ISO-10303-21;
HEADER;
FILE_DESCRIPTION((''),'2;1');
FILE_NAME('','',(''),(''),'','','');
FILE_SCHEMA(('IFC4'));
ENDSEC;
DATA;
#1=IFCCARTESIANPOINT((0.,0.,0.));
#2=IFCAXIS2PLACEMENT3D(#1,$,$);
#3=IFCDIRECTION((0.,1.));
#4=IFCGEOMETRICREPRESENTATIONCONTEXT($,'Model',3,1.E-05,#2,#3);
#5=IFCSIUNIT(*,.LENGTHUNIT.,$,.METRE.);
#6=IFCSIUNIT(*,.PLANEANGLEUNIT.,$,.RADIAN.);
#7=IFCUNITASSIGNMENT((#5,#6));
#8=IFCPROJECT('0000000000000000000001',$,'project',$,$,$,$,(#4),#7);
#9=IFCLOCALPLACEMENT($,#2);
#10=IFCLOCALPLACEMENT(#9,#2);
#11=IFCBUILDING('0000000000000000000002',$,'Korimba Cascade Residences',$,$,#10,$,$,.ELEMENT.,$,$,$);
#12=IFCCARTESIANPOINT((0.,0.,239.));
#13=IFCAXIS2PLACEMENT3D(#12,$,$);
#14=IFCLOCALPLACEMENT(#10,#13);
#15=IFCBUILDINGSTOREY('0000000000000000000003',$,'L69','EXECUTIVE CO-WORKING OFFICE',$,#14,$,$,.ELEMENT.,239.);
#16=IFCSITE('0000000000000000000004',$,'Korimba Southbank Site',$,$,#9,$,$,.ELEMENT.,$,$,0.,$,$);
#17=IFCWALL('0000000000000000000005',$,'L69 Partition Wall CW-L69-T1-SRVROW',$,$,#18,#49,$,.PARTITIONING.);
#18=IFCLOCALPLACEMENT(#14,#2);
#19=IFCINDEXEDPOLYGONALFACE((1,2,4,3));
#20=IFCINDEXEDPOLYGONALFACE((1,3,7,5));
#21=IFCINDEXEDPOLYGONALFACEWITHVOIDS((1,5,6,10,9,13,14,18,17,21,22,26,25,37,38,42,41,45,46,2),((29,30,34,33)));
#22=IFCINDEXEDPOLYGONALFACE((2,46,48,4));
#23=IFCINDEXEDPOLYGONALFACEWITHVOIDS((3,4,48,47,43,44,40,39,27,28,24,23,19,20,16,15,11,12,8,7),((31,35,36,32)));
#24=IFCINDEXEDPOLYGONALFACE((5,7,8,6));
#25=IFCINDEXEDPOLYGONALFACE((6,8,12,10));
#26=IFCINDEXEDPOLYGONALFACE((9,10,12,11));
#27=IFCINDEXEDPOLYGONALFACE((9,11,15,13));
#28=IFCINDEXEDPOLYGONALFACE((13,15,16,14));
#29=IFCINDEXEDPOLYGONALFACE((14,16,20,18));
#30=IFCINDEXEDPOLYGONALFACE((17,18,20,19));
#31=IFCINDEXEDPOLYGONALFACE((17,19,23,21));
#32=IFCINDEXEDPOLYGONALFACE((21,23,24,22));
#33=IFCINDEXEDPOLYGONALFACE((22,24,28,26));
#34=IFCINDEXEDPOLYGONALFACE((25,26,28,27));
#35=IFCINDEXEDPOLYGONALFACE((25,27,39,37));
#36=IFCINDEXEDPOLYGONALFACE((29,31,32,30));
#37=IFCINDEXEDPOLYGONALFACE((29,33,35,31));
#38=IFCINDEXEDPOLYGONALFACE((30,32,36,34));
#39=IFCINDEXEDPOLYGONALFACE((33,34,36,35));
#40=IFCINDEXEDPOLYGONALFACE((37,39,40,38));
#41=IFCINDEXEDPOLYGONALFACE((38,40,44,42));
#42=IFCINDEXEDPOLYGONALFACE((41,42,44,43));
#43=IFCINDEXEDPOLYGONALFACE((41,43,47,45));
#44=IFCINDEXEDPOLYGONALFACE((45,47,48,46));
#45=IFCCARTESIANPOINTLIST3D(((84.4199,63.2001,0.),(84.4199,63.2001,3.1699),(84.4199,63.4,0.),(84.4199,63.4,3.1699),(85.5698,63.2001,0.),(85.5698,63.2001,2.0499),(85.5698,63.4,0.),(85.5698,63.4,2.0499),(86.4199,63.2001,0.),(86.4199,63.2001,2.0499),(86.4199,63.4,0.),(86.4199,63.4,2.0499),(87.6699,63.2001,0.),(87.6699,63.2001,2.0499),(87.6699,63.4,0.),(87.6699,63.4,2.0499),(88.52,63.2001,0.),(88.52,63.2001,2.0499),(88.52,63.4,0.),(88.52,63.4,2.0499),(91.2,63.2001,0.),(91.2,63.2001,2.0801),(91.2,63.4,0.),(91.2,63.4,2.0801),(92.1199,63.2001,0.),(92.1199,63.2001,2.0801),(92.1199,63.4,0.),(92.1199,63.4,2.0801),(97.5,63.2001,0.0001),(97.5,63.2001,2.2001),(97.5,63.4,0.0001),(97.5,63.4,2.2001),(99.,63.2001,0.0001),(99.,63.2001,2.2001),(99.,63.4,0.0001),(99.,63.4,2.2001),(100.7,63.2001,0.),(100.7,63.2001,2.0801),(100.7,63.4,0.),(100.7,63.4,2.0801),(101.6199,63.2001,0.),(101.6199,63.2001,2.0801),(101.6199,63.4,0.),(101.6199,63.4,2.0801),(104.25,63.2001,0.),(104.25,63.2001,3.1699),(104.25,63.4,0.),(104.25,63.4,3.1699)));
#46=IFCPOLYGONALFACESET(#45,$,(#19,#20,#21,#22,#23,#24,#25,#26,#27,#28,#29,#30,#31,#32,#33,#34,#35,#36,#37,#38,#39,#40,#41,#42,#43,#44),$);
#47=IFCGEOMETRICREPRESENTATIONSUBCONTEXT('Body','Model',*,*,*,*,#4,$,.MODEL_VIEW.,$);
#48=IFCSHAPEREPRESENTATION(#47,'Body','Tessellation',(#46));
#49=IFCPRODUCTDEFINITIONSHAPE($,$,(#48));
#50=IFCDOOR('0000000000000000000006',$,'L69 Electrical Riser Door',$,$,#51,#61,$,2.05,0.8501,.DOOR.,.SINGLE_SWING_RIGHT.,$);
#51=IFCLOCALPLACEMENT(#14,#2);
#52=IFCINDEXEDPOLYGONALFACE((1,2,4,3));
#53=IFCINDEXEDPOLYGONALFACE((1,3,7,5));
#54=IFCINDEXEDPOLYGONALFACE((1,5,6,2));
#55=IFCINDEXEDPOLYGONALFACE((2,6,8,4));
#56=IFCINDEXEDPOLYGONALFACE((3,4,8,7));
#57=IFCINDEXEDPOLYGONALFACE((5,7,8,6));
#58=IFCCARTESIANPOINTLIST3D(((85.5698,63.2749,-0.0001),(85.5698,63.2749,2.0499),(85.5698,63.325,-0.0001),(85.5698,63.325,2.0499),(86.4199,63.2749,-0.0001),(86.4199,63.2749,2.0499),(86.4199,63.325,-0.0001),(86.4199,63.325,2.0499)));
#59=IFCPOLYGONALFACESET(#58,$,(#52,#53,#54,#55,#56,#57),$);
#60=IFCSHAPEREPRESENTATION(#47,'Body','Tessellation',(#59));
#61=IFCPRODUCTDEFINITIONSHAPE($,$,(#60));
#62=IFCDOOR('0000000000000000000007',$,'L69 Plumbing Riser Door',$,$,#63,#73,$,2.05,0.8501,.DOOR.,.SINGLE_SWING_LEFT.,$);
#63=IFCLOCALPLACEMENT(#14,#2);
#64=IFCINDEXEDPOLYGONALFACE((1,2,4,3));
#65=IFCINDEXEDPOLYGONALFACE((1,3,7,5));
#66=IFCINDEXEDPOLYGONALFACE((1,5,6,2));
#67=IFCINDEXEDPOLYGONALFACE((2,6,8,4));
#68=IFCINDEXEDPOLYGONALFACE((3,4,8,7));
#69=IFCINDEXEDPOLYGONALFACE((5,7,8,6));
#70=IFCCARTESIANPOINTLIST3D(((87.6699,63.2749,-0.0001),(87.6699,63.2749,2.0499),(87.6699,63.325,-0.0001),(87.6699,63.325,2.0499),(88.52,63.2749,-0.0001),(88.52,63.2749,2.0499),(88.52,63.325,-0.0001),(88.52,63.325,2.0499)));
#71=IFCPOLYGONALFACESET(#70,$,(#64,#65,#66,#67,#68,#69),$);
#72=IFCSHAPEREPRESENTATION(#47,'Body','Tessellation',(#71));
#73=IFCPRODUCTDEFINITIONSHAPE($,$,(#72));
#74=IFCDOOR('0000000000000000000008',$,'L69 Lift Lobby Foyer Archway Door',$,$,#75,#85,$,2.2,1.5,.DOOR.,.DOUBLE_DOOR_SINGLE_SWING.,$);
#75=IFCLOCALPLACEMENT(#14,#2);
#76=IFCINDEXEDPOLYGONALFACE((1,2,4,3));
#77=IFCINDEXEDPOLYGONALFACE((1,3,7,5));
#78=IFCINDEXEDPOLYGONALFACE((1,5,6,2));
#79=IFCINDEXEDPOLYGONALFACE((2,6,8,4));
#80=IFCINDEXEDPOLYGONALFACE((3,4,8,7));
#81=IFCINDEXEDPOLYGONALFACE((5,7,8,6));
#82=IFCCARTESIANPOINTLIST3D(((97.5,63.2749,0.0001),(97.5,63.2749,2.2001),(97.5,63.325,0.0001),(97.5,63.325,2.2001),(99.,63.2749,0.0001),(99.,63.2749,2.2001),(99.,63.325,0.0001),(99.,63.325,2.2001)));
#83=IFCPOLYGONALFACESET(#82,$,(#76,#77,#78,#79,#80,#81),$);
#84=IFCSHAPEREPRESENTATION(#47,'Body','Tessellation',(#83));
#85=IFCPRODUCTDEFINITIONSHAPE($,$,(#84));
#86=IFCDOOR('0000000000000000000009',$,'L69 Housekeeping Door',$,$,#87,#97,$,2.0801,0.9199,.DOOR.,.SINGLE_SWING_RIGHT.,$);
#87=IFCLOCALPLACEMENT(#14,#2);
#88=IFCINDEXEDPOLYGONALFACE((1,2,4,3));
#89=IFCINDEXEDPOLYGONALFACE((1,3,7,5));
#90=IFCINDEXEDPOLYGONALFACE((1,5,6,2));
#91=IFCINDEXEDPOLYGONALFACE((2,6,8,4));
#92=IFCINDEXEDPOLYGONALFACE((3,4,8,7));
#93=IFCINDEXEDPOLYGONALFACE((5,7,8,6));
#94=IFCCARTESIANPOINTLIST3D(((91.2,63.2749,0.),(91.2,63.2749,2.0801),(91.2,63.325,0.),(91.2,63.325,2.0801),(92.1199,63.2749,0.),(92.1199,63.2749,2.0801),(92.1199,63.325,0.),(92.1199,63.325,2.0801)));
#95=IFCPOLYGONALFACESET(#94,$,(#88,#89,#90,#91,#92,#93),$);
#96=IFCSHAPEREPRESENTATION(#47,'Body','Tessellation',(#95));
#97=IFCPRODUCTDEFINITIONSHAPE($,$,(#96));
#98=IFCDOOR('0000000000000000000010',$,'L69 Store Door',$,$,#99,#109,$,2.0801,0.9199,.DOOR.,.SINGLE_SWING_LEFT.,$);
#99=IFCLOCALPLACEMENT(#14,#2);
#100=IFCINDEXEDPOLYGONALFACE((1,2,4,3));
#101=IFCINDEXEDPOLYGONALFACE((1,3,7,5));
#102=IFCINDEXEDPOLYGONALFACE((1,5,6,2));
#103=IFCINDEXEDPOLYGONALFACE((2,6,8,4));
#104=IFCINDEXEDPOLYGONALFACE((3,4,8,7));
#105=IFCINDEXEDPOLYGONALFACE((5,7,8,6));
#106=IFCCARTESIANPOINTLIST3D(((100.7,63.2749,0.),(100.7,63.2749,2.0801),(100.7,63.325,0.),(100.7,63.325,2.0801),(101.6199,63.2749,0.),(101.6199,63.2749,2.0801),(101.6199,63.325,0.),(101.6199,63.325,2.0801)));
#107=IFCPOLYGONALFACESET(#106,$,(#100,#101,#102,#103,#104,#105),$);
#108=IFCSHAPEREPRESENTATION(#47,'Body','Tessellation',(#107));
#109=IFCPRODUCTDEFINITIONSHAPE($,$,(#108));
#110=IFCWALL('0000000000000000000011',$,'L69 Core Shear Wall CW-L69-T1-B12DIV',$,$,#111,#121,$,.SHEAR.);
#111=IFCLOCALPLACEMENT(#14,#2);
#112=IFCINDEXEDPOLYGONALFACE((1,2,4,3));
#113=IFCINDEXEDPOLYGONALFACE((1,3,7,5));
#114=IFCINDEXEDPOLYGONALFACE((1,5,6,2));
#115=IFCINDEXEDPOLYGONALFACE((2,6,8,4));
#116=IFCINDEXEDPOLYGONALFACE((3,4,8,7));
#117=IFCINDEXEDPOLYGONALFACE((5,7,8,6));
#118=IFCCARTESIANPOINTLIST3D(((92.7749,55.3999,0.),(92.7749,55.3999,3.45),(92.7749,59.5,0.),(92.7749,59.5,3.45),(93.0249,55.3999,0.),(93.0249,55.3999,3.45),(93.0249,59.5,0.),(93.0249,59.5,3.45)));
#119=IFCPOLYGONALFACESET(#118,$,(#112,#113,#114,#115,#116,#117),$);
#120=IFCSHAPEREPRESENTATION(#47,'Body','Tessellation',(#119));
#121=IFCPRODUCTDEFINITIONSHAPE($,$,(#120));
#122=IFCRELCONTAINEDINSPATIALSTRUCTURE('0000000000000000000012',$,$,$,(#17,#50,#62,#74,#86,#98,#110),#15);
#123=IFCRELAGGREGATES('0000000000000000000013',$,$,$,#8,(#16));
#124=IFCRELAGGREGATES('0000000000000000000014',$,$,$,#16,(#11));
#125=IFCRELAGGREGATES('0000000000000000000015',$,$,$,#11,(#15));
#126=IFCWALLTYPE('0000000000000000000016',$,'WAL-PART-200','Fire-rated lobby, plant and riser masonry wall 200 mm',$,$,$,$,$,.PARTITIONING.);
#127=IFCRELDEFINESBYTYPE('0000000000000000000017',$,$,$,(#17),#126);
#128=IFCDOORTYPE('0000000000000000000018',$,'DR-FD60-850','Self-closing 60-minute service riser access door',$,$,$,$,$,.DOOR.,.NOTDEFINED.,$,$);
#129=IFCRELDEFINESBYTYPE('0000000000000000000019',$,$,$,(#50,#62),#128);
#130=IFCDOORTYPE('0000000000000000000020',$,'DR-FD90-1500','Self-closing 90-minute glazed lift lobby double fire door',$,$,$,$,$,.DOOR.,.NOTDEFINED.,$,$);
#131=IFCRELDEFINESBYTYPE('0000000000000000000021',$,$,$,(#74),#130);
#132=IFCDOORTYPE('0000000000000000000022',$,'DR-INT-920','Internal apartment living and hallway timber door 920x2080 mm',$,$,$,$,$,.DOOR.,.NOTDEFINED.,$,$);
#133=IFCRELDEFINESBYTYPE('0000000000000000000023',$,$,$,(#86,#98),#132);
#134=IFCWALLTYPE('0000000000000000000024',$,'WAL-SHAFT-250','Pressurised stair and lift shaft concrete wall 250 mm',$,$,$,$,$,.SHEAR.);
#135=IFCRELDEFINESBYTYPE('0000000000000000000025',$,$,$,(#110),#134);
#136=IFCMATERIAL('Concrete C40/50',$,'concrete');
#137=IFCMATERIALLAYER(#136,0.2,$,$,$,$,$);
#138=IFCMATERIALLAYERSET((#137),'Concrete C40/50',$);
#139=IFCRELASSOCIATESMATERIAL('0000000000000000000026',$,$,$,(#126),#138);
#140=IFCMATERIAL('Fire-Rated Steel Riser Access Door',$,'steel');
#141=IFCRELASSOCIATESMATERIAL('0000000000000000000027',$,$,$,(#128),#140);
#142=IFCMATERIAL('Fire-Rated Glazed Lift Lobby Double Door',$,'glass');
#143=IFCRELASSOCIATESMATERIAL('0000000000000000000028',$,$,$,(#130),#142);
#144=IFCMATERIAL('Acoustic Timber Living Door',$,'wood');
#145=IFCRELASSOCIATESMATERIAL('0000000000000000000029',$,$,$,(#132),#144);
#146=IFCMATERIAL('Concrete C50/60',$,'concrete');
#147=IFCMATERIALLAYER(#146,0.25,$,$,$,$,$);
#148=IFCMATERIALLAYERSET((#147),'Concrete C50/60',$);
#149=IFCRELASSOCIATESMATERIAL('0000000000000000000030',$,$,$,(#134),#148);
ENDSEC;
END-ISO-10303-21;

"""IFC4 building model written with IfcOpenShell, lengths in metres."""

from ifc_helpers import new_model, si_unit, direction, frame, frame_2d, origin, place, context, subcontext, project, spatial, rectangle, extrude, material, layer, layer_set, type_object, element, fill, save


model = new_model("IFC4")

# Units and contexts
model_context = context("Model", 3, precision=1e-05, world=origin(), true_north=direction((0.0, 1.0)))
body_context = subcontext(model_context, "Body", "Model", "MODEL_VIEW")
ifc_project = project(units=[si_unit("LENGTHUNIT", "METRE"), si_unit("PLANEANGLEUNIT", "RADIAN")], contexts=[model_context])

# Site, building, storey
site_placement = place(None, origin())
site = spatial("IfcSite", under=ifc_project, at=site_placement, Name="Korimba Southbank Site", CompositionType="ELEMENT", RefElevation=0.0)
building_placement = place(site_placement, origin())
building = spatial("IfcBuilding", under=site, at=building_placement, Name="Korimba Cascade Residences", CompositionType="ELEMENT")
storey_placement = place(building_placement, frame((0.0, 0.0, 239.0)))
storey = spatial("IfcBuildingStorey", under=building, at=storey_placement, Name="L69", Description="EXECUTIVE CO-WORKING OFFICE", CompositionType="ELEMENT", Elevation=239.0)

# Shared definitions
ifc_material_1 = material(Name="Concrete C50/60", Category="concrete")

# Shared definitions
ifc_material_2 = material(Name="Concrete C40/50", Category="concrete")
ifc_layer_1 = layer(ifc_material_2, 0.2)
ifc_layer_set_1 = layer_set([ifc_layer_1], Name="Concrete C40/50")
wall_type_1 = type_object("IfcWallType", Name="WAL-PART-200", Description="Fire-rated lobby, plant and riser masonry wall 200 mm", PredefinedType="PARTITIONING", material=ifc_layer_set_1)

# Wall, openings, doors
wall_1_placement = place(storey_placement, frame((84.4199, 63.3, 0.0), z_axis=(0.0, 0.0, 1.0), x_axis=(1.0, 0.0, 0.0)))
wall_1 = element("IfcWall", 1, at=wall_1_placement, inside=storey, type_object=wall_type_1, Name="L69 Partition Wall CW-L69-T1-SRVROW", PredefinedType="PARTITIONING", context=body_context, shape_type="SweptSolid", body=[
    extrude(rectangle(XDim=19.8301, YDim=0.2, at=frame_2d((9.915, 0.0))), origin(), (0.0, 0.0, 1.0), 3.1699),
])
opening_1_placement = place(wall_1_placement, frame((1.1499, 0.0, 0.0)))
opening_1 = element("IfcOpeningElement", 2, at=opening_1_placement, cuts=wall_1, PredefinedType="OPENING", context=body_context, shape_type="SweptSolid", body=[
    extrude(rectangle(XDim=0.8501, YDim=2.05, at=frame_2d((0.425, 1.0249))), frame((0.0, 0.1099, 0.0), z_axis=(0.0, -1.0, 0.0), x_axis=(1.0, 0.0, 0.0)), (0.0, 0.0, 1.0), 0.22),
])
opening_2_placement = place(wall_1_placement, frame((3.25, 0.0, 0.0)))
opening_2 = element("IfcOpeningElement", 3, at=opening_2_placement, cuts=wall_1, PredefinedType="OPENING", context=body_context, shape_type="SweptSolid", body=[
    extrude(rectangle(XDim=0.8501, YDim=2.05, at=frame_2d((0.425, 1.0249))), frame((0.0, 0.1099, 0.0), z_axis=(0.0, -1.0, 0.0), x_axis=(1.0, 0.0, 0.0)), (0.0, 0.0, 1.0), 0.22),
])
opening_3_placement = place(wall_1_placement, frame((13.0801, 0.0, 0.0)))
opening_3 = element("IfcOpeningElement", 4, at=opening_3_placement, cuts=wall_1, PredefinedType="OPENING", context=body_context, shape_type="SweptSolid", body=[
    extrude(rectangle(XDim=1.5, YDim=2.2, at=frame_2d((0.75, 1.1001))), frame((0.0, 0.1099, 0.0), z_axis=(0.0, -1.0, 0.0), x_axis=(1.0, 0.0, 0.0)), (0.0, 0.0, 1.0), 0.22),
])
opening_4_placement = place(wall_1_placement, frame((6.78, 0.0, 0.0)))
opening_4 = element("IfcOpeningElement", 5, at=opening_4_placement, cuts=wall_1, PredefinedType="OPENING", context=body_context, shape_type="SweptSolid", body=[
    extrude(rectangle(XDim=0.9199, YDim=2.0801, at=frame_2d((0.46, 1.04))), frame((0.0, 0.1099, 0.0), z_axis=(0.0, -1.0, 0.0), x_axis=(1.0, 0.0, 0.0)), (0.0, 0.0, 1.0), 0.22),
])
opening_5_placement = place(wall_1_placement, frame((16.28, 0.0, 0.0)))
opening_5 = element("IfcOpeningElement", 6, at=opening_5_placement, cuts=wall_1, PredefinedType="OPENING", context=body_context, shape_type="SweptSolid", body=[
    extrude(rectangle(XDim=0.9199, YDim=2.0801, at=frame_2d((0.46, 1.04))), frame((0.0, 0.1099, 0.0), z_axis=(0.0, -1.0, 0.0), x_axis=(1.0, 0.0, 0.0)), (0.0, 0.0, 1.0), 0.22),
])
ifc_material_3 = material(Name="Fire-Rated Steel Riser Access Door", Category="steel")
door_type_1 = type_object("IfcDoorType", Name="DR-FD60-850", Description="Self-closing 60-minute service riser access door", OperationType="NOTDEFINED", PredefinedType="DOOR", material=ifc_material_3)
door_1_placement = place(opening_1_placement, origin())
door_1 = element("IfcDoor", 7, at=door_1_placement, inside=storey, type_object=door_type_1, Name="L69 Electrical Riser Door", OperationType="SINGLE_SWING_RIGHT", OverallHeight=2.05, OverallWidth=0.8501, PredefinedType="DOOR", context=body_context, shape_type="SweptSolid", body=[
    extrude(rectangle(XDim=0.8501, YDim=2.05, at=frame_2d((0.425, 1.0249))), frame((0.0, 0.0249, 0.0), z_axis=(0.0, -1.0, 0.0), x_axis=(1.0, 0.0, 0.0)), (0.0, 0.0, 1.0), 0.05),
])
fill(opening_1, door_1)
door_2_placement = place(opening_2_placement, origin())
door_2 = element("IfcDoor", 8, at=door_2_placement, inside=storey, type_object=door_type_1, Name="L69 Plumbing Riser Door", OperationType="SINGLE_SWING_LEFT", OverallHeight=2.05, OverallWidth=0.8501, PredefinedType="DOOR", context=body_context, shape_type="SweptSolid", body=[
    extrude(rectangle(XDim=0.8501, YDim=2.05, at=frame_2d((0.425, 1.0249))), frame((0.0, 0.0249, 0.0), z_axis=(0.0, -1.0, 0.0), x_axis=(1.0, 0.0, 0.0)), (0.0, 0.0, 1.0), 0.05),
])
fill(opening_2, door_2)
ifc_material_4 = material(Name="Fire-Rated Glazed Lift Lobby Double Door", Category="glass")
door_type_2 = type_object("IfcDoorType", Name="DR-FD90-1500", Description="Self-closing 90-minute glazed lift lobby double fire door", OperationType="NOTDEFINED", PredefinedType="DOOR", material=ifc_material_4)
door_3_placement = place(opening_3_placement, origin())
door_3 = element("IfcDoor", 9, at=door_3_placement, inside=storey, type_object=door_type_2, Name="L69 Lift Lobby Foyer Archway Door", OperationType="DOUBLE_DOOR_SINGLE_SWING", OverallHeight=2.2, OverallWidth=1.5, PredefinedType="DOOR", context=body_context, shape_type="SweptSolid", body=[
    extrude(rectangle(XDim=1.5, YDim=2.2, at=frame_2d((0.75, 1.1001))), frame((0.0, 0.0249, 0.0), z_axis=(0.0, -1.0, 0.0), x_axis=(1.0, 0.0, 0.0)), (0.0, 0.0, 1.0), 0.05),
])
fill(opening_3, door_3)
ifc_material_5 = material(Name="Acoustic Timber Living Door", Category="wood")
door_type_3 = type_object("IfcDoorType", Name="DR-INT-920", Description="Internal apartment living and hallway timber door 920x2080 mm", OperationType="NOTDEFINED", PredefinedType="DOOR", material=ifc_material_5)
door_4_placement = place(opening_4_placement, origin())
door_4 = element("IfcDoor", 10, at=door_4_placement, inside=storey, type_object=door_type_3, Name="L69 Housekeeping Door", OperationType="SINGLE_SWING_RIGHT", OverallHeight=2.0801, OverallWidth=0.9199, PredefinedType="DOOR", context=body_context, shape_type="SweptSolid", body=[
    extrude(rectangle(XDim=0.9199, YDim=2.0801, at=frame_2d((0.46, 1.04))), frame((0.0, 0.0249, 0.0), z_axis=(0.0, -1.0, 0.0), x_axis=(1.0, 0.0, 0.0)), (0.0, 0.0, 1.0), 0.05),
])
fill(opening_4, door_4)
door_5_placement = place(opening_5_placement, origin())
door_5 = element("IfcDoor", 11, at=door_5_placement, inside=storey, type_object=door_type_3, Name="L69 Store Door", OperationType="SINGLE_SWING_LEFT", OverallHeight=2.0801, OverallWidth=0.9199, PredefinedType="DOOR", context=body_context, shape_type="SweptSolid", body=[
    extrude(rectangle(XDim=0.9199, YDim=2.0801, at=frame_2d((0.46, 1.04))), frame((0.0, 0.0249, 0.0), z_axis=(0.0, -1.0, 0.0), x_axis=(1.0, 0.0, 0.0)), (0.0, 0.0, 1.0), 0.05),
])
fill(opening_5, door_5)

# Wall
ifc_layer_2 = layer(ifc_material_1, 0.25)
ifc_layer_set_2 = layer_set([ifc_layer_2], Name="Concrete C50/60")
wall_type_2 = type_object("IfcWallType", Name="WAL-SHAFT-250", Description="Pressurised stair and lift shaft concrete wall 250 mm", PredefinedType="SHEAR", material=ifc_layer_set_2)
wall_2_placement = place(storey_placement, frame((92.8999, 55.3999, 0.0), z_axis=(0.0, 0.0, 1.0), x_axis=(0.0, 1.0, 0.0)))
element("IfcWall", 12, at=wall_2_placement, inside=storey, type_object=wall_type_2, Name="L69 Core Shear Wall CW-L69-T1-B12DIV", PredefinedType="SHEAR", context=body_context, shape_type="SweptSolid", body=[
    extrude(rectangle(XDim=4.1001, YDim=0.25, at=frame_2d((2.05, 0.0))), origin(), (0.0, 0.0, 1.0), 3.45),
])

save(model, "model.ifc")
